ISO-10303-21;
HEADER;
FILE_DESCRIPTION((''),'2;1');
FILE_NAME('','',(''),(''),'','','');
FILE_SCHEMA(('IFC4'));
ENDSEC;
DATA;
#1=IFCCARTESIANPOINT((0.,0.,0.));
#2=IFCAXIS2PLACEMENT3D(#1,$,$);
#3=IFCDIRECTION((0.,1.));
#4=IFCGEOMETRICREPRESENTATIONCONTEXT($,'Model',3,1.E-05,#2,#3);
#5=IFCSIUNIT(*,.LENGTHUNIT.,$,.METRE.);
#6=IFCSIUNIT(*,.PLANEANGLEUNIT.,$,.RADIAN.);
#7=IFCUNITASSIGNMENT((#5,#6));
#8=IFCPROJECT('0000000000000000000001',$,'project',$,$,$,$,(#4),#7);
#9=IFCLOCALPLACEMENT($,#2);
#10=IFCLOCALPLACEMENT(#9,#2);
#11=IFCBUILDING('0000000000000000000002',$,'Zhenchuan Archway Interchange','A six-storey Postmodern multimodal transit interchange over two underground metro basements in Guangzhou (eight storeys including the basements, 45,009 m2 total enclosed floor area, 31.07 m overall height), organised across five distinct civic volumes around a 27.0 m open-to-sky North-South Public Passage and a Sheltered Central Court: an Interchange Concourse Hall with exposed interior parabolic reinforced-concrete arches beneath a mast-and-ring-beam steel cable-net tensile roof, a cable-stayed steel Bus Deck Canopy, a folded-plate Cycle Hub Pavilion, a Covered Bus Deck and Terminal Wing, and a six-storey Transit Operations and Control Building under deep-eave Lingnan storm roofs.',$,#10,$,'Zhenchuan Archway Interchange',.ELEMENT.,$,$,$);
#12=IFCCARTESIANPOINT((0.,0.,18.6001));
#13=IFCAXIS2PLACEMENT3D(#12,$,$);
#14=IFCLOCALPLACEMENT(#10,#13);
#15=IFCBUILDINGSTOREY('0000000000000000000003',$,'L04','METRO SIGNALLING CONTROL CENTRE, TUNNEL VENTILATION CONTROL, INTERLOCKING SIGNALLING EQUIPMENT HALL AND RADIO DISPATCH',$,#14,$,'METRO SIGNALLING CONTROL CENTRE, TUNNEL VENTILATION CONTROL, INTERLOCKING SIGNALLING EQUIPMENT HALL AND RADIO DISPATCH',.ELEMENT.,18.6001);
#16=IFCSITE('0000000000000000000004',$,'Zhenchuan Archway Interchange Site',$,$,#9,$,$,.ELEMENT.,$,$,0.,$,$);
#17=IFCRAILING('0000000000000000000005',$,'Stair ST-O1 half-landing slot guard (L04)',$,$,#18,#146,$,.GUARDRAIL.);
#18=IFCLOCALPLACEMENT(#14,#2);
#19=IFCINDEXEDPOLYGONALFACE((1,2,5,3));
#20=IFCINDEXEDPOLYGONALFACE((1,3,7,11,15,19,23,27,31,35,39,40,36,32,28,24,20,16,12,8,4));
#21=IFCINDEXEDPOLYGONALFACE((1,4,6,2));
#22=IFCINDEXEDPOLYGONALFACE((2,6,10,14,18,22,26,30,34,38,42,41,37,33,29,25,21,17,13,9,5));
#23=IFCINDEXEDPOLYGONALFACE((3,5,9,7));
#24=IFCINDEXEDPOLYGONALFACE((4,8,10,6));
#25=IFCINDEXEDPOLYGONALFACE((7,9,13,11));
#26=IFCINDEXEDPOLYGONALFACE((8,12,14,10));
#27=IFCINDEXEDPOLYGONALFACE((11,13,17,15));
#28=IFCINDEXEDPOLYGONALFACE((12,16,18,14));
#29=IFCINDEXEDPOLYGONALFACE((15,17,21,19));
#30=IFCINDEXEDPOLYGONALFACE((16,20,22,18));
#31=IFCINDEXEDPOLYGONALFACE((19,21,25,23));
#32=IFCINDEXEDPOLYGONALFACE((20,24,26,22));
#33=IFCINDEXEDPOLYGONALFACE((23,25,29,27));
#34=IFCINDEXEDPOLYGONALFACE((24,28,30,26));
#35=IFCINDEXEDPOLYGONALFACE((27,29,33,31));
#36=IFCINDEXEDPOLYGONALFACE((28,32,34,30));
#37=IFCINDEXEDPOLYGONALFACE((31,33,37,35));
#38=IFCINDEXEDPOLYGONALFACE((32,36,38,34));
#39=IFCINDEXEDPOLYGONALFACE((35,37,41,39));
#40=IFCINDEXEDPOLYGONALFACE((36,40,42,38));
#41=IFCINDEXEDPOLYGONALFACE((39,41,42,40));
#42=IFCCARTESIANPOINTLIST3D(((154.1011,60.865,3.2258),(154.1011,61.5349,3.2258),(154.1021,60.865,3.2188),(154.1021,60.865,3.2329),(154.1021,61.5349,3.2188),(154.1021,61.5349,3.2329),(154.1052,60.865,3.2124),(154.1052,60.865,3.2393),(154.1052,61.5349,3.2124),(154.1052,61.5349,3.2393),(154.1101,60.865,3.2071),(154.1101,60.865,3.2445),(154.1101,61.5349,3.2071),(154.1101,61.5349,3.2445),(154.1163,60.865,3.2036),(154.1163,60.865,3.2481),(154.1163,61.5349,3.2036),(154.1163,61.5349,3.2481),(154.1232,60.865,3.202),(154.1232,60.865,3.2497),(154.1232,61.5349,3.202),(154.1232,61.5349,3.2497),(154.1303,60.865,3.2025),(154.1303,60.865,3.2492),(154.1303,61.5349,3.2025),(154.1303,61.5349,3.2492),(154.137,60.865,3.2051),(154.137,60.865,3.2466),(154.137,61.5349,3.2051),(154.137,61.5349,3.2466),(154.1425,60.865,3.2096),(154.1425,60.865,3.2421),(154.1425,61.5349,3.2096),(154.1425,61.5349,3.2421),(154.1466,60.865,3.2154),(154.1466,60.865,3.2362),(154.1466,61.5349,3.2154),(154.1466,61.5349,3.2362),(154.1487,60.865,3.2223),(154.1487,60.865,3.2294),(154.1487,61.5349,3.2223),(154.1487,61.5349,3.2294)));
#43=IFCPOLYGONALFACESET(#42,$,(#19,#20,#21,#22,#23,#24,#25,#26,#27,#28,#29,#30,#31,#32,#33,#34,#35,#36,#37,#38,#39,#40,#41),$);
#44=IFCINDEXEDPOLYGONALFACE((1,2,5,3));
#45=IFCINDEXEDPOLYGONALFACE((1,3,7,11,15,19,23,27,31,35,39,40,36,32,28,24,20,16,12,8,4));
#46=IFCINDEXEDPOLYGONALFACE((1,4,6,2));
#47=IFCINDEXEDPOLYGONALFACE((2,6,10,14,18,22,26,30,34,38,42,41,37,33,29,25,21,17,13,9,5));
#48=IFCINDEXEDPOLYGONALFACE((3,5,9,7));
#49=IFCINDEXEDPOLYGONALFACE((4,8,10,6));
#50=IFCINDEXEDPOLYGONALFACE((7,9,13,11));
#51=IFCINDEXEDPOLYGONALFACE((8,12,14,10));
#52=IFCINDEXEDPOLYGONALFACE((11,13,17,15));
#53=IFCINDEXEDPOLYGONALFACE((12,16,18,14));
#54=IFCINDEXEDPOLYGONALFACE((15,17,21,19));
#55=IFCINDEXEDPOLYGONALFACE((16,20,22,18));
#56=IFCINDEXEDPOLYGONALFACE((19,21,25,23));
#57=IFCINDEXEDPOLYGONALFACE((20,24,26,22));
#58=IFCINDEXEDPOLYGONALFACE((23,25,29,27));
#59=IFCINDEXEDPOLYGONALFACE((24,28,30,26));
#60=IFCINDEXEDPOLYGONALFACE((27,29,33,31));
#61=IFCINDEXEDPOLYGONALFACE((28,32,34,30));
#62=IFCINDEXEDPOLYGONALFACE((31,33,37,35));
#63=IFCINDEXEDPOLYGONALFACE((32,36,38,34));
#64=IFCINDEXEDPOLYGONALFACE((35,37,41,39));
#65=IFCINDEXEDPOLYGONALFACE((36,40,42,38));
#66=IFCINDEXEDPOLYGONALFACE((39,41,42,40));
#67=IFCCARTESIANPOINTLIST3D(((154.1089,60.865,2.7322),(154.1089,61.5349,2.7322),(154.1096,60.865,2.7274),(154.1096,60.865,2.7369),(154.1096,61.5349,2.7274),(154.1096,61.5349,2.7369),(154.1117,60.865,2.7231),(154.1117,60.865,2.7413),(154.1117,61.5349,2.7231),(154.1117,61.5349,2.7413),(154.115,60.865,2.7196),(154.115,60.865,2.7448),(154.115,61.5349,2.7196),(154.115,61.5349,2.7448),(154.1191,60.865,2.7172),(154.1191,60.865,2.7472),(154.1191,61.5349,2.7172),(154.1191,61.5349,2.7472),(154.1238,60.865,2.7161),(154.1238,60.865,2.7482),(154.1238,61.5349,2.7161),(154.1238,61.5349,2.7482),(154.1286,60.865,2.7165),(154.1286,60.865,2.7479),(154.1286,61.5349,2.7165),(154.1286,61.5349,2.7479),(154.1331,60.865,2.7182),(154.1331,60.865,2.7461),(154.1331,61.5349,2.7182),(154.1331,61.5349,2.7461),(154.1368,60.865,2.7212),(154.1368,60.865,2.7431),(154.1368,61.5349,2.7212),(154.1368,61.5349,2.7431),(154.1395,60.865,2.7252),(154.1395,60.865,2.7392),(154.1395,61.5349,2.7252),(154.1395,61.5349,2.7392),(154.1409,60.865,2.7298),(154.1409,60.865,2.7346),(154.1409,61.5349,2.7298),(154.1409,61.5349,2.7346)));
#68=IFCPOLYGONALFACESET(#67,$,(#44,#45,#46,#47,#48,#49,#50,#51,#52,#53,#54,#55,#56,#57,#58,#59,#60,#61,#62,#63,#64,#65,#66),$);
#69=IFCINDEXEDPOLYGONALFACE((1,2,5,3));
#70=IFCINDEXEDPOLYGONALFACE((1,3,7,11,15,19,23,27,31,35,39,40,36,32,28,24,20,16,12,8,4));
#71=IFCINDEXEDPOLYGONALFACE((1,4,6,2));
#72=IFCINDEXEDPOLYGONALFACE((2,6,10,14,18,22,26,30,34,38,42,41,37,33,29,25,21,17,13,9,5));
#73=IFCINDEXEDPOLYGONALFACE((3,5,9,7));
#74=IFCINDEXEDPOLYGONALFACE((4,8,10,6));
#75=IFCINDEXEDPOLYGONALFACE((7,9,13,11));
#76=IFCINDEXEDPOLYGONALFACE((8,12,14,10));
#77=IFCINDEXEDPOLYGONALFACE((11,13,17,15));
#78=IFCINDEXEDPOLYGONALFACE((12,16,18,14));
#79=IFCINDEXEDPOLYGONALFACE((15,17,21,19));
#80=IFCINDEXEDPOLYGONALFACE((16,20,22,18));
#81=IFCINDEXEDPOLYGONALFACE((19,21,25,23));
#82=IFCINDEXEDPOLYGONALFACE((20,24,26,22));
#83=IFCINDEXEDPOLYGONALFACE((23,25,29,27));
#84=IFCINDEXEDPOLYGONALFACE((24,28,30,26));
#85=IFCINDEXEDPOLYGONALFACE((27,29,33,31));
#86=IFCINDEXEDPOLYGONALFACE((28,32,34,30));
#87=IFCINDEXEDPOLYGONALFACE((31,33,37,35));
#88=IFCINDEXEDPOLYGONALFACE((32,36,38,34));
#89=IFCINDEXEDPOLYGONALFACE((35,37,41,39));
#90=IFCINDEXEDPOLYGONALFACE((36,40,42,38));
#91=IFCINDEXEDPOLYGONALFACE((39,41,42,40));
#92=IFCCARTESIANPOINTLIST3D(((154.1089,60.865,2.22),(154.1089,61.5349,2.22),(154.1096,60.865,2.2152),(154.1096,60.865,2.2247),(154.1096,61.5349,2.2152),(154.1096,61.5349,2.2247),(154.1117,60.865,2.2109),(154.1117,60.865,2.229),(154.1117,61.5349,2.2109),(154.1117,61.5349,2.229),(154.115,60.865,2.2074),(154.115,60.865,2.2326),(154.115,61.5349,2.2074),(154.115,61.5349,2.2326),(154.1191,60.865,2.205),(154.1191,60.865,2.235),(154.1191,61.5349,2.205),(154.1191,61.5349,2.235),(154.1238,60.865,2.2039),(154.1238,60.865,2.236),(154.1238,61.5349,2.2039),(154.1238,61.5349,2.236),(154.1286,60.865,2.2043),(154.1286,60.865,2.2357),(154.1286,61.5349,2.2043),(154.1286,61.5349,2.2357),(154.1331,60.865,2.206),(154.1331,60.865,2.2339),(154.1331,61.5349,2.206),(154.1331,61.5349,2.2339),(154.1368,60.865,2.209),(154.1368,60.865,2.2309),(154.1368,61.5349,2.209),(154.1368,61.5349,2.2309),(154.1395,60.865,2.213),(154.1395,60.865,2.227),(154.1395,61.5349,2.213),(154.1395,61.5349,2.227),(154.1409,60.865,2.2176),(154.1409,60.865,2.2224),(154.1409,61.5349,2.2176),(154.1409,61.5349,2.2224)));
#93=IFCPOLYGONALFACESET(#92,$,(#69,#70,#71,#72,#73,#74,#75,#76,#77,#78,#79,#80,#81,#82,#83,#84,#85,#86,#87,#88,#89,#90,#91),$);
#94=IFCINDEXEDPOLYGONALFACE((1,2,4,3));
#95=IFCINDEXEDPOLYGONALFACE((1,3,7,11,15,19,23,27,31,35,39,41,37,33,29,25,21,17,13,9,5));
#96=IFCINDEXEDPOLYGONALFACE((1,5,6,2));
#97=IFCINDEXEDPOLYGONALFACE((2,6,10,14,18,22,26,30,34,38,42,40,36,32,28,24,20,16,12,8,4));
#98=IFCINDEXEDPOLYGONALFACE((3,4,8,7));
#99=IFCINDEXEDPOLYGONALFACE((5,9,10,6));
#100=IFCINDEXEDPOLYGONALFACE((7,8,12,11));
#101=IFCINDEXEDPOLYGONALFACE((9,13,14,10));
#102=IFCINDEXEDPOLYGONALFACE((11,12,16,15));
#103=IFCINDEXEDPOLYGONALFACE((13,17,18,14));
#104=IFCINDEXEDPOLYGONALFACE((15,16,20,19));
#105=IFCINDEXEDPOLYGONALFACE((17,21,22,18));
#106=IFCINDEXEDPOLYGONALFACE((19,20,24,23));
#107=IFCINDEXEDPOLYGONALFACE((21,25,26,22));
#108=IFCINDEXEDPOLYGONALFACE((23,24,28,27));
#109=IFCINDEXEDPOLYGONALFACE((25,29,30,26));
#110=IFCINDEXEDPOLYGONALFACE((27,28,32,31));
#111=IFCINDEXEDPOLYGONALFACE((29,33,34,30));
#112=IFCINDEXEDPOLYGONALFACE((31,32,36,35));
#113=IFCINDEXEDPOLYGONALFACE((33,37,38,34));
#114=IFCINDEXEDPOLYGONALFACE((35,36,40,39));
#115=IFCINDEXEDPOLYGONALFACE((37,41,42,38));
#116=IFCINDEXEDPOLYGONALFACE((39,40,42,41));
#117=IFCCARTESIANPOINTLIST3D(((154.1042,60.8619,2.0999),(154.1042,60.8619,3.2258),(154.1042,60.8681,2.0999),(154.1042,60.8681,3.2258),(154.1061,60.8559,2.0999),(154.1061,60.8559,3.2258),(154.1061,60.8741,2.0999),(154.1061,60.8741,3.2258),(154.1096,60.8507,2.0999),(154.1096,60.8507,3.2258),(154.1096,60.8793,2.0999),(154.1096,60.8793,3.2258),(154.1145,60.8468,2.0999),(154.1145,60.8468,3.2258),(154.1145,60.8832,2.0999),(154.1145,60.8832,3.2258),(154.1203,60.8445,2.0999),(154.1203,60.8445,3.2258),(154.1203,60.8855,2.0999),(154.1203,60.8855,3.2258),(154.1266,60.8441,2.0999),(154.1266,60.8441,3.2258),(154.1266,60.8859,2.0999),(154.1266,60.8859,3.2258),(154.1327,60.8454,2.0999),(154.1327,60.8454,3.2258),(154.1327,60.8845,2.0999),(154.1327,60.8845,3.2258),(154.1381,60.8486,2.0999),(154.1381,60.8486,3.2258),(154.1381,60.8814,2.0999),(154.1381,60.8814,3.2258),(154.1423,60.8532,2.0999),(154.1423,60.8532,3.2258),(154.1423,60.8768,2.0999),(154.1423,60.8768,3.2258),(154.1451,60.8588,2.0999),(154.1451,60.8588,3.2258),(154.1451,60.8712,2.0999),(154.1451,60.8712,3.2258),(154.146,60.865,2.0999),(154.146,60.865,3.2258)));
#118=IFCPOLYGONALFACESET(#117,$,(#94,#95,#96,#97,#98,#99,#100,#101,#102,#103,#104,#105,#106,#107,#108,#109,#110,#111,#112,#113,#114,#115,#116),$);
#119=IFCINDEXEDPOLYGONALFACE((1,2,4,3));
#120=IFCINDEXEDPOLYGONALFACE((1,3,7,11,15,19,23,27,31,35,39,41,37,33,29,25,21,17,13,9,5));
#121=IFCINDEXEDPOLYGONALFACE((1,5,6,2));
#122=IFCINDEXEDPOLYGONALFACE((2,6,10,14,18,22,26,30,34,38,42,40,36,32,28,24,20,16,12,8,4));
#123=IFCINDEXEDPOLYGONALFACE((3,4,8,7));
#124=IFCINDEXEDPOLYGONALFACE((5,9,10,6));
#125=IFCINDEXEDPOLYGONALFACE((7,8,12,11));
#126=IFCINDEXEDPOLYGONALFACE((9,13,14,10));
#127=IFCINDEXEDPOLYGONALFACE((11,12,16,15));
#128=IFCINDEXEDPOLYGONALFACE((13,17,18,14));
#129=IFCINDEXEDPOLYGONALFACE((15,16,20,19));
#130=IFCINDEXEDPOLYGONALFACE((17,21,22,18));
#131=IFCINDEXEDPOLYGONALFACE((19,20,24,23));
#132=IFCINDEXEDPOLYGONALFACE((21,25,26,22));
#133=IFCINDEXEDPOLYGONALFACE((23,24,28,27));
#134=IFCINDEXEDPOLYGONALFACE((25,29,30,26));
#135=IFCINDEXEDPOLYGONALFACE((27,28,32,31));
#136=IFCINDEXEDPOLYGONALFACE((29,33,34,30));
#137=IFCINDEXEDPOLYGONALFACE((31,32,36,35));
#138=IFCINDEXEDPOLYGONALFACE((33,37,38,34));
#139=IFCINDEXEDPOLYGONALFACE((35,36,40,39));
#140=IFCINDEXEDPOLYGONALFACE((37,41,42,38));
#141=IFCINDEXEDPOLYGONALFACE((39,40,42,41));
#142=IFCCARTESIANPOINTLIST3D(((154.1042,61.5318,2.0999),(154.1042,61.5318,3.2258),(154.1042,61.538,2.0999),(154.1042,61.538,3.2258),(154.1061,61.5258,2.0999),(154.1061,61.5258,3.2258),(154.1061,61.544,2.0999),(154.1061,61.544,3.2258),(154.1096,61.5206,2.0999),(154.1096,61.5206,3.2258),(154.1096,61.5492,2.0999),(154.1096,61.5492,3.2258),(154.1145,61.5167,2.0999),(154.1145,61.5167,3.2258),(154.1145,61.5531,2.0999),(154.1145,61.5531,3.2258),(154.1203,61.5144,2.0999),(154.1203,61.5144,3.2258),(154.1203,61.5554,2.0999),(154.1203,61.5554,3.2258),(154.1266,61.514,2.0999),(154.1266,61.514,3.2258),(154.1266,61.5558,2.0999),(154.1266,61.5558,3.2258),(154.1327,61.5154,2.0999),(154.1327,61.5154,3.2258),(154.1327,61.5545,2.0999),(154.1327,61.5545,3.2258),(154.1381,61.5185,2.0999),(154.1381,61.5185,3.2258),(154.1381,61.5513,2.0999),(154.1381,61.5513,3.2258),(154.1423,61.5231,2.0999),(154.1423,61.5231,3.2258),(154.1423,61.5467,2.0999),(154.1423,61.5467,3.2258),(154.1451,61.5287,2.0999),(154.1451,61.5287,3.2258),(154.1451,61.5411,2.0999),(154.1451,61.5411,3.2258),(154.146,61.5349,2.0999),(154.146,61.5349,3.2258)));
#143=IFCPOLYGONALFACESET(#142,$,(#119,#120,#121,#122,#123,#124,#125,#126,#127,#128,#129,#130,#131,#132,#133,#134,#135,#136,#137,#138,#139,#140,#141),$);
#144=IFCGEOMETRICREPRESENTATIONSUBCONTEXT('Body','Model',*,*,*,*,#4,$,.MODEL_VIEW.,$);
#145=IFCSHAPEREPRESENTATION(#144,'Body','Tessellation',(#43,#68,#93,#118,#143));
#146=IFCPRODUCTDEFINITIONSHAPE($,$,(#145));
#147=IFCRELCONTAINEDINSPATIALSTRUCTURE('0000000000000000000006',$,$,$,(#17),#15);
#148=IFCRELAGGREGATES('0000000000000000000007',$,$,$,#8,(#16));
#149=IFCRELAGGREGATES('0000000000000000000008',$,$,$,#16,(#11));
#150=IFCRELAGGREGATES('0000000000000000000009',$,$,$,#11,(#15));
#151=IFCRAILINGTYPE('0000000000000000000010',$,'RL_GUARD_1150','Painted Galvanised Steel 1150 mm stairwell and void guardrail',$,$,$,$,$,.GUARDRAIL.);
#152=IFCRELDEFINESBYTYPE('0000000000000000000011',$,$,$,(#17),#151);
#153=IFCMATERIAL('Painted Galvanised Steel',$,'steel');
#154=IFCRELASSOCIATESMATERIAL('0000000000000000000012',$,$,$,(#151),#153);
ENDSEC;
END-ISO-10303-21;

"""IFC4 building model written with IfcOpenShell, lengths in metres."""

from ifc_helpers import new_model, si_unit, direction, frame, origin, origin_2d, place, context, subcontext, project, spatial, circle, extrude, material, type_object, element, save


model = new_model("IFC4")

# Units and contexts
model_context = context("Model", 3, precision=1e-05, world=origin(), true_north=direction((0.0, 1.0)))
body_context = subcontext(model_context, "Body", "Model", "MODEL_VIEW")
ifc_project = project(units=[si_unit("LENGTHUNIT", "METRE"), si_unit("PLANEANGLEUNIT", "RADIAN")], contexts=[model_context])

# Site, building, storey
site_placement = place(None, origin())
site = spatial("IfcSite", under=ifc_project, at=site_placement, Name="Zhenchuan Archway Interchange Site", CompositionType="ELEMENT", RefElevation=0.0)
building_placement = place(site_placement, origin())
building = spatial("IfcBuilding", under=site, at=building_placement, Name="Zhenchuan Archway Interchange", Description="A six-storey Postmodern multimodal transit interchange over two underground metro basements in Guangzhou (eight storeys including the basements, 45,009 m2 total enclosed floor area, 31.07 m overall height), organised across five distinct civic volumes around a 27.0 m open-to-sky North-South Public Passage and a Sheltered Central Court: an Interchange Concourse Hall with exposed interior parabolic reinforced-concrete arches beneath a mast-and-ring-beam steel cable-net tensile roof, a cable-stayed steel Bus Deck Canopy, a folded-plate Cycle Hub Pavilion, a Covered Bus Deck and Terminal Wing, and a six-storey Transit Operations and Control Building under deep-eave Lingnan storm roofs.", LongName="Zhenchuan Archway Interchange", CompositionType="ELEMENT")
storey_placement = place(building_placement, frame((0.0, 0.0, 18.6001)))
storey = spatial("IfcBuildingStorey", under=building, at=storey_placement, Name="L04", Description="METRO SIGNALLING CONTROL CENTRE, TUNNEL VENTILATION CONTROL, INTERLOCKING SIGNALLING EQUIPMENT HALL AND RADIO DISPATCH", LongName="METRO SIGNALLING CONTROL CENTRE, TUNNEL VENTILATION CONTROL, INTERLOCKING SIGNALLING EQUIPMENT HALL AND RADIO DISPATCH", CompositionType="ELEMENT", Elevation=18.6001)

# Railing
ifc_material_1 = material(Name="Painted Galvanised Steel", Category="steel")
railing_type_1 = type_object("IfcRailingType", Name="RL_GUARD_1150", Description="Painted Galvanised Steel 1150 mm stairwell and void guardrail", PredefinedType="GUARDRAIL", material=ifc_material_1)
railing_placement = place(storey_placement, frame((154.125, 60.865, 2.0999)))
element("IfcRailing", 1, at=railing_placement, inside=storey, type_object=railing_type_1, Name="Stair ST-O1 half-landing slot guard (L04)", PredefinedType="GUARDRAIL", context=body_context, shape_type="SweptSolid", body=[
    extrude(circle(Radius=0.0239, at=origin_2d()), frame((0.0, 0.0, 1.126), z_axis=(0.0, 1.0, 0.0), x_axis=(-1.0, 0.0, 0.0)), (0.0, 0.0, 1.0), 0.6699),
    extrude(circle(Radius=0.0161, at=origin_2d()), frame((0.0, 0.0, 0.6323), z_axis=(0.0, 1.0, 0.0), x_axis=(-1.0, 0.0, 0.0)), (0.0, 0.0, 1.0), 0.6699),
    extrude(circle(Radius=0.0161, at=origin_2d()), frame((0.0, 0.0, 0.1201), z_axis=(0.0, 1.0, 0.0), x_axis=(-1.0, 0.0, 0.0)), (0.0, 0.0, 1.0), 0.6699),
    extrude(circle(Radius=0.021, at=origin_2d()), origin(), (0.0, 0.0, 1.0), 1.126),
    extrude(circle(Radius=0.021, at=origin_2d()), frame((0.0, 0.6699, 0.0)), (0.0, 0.0, 1.0), 1.126),
])

save(model, "model.ifc")
